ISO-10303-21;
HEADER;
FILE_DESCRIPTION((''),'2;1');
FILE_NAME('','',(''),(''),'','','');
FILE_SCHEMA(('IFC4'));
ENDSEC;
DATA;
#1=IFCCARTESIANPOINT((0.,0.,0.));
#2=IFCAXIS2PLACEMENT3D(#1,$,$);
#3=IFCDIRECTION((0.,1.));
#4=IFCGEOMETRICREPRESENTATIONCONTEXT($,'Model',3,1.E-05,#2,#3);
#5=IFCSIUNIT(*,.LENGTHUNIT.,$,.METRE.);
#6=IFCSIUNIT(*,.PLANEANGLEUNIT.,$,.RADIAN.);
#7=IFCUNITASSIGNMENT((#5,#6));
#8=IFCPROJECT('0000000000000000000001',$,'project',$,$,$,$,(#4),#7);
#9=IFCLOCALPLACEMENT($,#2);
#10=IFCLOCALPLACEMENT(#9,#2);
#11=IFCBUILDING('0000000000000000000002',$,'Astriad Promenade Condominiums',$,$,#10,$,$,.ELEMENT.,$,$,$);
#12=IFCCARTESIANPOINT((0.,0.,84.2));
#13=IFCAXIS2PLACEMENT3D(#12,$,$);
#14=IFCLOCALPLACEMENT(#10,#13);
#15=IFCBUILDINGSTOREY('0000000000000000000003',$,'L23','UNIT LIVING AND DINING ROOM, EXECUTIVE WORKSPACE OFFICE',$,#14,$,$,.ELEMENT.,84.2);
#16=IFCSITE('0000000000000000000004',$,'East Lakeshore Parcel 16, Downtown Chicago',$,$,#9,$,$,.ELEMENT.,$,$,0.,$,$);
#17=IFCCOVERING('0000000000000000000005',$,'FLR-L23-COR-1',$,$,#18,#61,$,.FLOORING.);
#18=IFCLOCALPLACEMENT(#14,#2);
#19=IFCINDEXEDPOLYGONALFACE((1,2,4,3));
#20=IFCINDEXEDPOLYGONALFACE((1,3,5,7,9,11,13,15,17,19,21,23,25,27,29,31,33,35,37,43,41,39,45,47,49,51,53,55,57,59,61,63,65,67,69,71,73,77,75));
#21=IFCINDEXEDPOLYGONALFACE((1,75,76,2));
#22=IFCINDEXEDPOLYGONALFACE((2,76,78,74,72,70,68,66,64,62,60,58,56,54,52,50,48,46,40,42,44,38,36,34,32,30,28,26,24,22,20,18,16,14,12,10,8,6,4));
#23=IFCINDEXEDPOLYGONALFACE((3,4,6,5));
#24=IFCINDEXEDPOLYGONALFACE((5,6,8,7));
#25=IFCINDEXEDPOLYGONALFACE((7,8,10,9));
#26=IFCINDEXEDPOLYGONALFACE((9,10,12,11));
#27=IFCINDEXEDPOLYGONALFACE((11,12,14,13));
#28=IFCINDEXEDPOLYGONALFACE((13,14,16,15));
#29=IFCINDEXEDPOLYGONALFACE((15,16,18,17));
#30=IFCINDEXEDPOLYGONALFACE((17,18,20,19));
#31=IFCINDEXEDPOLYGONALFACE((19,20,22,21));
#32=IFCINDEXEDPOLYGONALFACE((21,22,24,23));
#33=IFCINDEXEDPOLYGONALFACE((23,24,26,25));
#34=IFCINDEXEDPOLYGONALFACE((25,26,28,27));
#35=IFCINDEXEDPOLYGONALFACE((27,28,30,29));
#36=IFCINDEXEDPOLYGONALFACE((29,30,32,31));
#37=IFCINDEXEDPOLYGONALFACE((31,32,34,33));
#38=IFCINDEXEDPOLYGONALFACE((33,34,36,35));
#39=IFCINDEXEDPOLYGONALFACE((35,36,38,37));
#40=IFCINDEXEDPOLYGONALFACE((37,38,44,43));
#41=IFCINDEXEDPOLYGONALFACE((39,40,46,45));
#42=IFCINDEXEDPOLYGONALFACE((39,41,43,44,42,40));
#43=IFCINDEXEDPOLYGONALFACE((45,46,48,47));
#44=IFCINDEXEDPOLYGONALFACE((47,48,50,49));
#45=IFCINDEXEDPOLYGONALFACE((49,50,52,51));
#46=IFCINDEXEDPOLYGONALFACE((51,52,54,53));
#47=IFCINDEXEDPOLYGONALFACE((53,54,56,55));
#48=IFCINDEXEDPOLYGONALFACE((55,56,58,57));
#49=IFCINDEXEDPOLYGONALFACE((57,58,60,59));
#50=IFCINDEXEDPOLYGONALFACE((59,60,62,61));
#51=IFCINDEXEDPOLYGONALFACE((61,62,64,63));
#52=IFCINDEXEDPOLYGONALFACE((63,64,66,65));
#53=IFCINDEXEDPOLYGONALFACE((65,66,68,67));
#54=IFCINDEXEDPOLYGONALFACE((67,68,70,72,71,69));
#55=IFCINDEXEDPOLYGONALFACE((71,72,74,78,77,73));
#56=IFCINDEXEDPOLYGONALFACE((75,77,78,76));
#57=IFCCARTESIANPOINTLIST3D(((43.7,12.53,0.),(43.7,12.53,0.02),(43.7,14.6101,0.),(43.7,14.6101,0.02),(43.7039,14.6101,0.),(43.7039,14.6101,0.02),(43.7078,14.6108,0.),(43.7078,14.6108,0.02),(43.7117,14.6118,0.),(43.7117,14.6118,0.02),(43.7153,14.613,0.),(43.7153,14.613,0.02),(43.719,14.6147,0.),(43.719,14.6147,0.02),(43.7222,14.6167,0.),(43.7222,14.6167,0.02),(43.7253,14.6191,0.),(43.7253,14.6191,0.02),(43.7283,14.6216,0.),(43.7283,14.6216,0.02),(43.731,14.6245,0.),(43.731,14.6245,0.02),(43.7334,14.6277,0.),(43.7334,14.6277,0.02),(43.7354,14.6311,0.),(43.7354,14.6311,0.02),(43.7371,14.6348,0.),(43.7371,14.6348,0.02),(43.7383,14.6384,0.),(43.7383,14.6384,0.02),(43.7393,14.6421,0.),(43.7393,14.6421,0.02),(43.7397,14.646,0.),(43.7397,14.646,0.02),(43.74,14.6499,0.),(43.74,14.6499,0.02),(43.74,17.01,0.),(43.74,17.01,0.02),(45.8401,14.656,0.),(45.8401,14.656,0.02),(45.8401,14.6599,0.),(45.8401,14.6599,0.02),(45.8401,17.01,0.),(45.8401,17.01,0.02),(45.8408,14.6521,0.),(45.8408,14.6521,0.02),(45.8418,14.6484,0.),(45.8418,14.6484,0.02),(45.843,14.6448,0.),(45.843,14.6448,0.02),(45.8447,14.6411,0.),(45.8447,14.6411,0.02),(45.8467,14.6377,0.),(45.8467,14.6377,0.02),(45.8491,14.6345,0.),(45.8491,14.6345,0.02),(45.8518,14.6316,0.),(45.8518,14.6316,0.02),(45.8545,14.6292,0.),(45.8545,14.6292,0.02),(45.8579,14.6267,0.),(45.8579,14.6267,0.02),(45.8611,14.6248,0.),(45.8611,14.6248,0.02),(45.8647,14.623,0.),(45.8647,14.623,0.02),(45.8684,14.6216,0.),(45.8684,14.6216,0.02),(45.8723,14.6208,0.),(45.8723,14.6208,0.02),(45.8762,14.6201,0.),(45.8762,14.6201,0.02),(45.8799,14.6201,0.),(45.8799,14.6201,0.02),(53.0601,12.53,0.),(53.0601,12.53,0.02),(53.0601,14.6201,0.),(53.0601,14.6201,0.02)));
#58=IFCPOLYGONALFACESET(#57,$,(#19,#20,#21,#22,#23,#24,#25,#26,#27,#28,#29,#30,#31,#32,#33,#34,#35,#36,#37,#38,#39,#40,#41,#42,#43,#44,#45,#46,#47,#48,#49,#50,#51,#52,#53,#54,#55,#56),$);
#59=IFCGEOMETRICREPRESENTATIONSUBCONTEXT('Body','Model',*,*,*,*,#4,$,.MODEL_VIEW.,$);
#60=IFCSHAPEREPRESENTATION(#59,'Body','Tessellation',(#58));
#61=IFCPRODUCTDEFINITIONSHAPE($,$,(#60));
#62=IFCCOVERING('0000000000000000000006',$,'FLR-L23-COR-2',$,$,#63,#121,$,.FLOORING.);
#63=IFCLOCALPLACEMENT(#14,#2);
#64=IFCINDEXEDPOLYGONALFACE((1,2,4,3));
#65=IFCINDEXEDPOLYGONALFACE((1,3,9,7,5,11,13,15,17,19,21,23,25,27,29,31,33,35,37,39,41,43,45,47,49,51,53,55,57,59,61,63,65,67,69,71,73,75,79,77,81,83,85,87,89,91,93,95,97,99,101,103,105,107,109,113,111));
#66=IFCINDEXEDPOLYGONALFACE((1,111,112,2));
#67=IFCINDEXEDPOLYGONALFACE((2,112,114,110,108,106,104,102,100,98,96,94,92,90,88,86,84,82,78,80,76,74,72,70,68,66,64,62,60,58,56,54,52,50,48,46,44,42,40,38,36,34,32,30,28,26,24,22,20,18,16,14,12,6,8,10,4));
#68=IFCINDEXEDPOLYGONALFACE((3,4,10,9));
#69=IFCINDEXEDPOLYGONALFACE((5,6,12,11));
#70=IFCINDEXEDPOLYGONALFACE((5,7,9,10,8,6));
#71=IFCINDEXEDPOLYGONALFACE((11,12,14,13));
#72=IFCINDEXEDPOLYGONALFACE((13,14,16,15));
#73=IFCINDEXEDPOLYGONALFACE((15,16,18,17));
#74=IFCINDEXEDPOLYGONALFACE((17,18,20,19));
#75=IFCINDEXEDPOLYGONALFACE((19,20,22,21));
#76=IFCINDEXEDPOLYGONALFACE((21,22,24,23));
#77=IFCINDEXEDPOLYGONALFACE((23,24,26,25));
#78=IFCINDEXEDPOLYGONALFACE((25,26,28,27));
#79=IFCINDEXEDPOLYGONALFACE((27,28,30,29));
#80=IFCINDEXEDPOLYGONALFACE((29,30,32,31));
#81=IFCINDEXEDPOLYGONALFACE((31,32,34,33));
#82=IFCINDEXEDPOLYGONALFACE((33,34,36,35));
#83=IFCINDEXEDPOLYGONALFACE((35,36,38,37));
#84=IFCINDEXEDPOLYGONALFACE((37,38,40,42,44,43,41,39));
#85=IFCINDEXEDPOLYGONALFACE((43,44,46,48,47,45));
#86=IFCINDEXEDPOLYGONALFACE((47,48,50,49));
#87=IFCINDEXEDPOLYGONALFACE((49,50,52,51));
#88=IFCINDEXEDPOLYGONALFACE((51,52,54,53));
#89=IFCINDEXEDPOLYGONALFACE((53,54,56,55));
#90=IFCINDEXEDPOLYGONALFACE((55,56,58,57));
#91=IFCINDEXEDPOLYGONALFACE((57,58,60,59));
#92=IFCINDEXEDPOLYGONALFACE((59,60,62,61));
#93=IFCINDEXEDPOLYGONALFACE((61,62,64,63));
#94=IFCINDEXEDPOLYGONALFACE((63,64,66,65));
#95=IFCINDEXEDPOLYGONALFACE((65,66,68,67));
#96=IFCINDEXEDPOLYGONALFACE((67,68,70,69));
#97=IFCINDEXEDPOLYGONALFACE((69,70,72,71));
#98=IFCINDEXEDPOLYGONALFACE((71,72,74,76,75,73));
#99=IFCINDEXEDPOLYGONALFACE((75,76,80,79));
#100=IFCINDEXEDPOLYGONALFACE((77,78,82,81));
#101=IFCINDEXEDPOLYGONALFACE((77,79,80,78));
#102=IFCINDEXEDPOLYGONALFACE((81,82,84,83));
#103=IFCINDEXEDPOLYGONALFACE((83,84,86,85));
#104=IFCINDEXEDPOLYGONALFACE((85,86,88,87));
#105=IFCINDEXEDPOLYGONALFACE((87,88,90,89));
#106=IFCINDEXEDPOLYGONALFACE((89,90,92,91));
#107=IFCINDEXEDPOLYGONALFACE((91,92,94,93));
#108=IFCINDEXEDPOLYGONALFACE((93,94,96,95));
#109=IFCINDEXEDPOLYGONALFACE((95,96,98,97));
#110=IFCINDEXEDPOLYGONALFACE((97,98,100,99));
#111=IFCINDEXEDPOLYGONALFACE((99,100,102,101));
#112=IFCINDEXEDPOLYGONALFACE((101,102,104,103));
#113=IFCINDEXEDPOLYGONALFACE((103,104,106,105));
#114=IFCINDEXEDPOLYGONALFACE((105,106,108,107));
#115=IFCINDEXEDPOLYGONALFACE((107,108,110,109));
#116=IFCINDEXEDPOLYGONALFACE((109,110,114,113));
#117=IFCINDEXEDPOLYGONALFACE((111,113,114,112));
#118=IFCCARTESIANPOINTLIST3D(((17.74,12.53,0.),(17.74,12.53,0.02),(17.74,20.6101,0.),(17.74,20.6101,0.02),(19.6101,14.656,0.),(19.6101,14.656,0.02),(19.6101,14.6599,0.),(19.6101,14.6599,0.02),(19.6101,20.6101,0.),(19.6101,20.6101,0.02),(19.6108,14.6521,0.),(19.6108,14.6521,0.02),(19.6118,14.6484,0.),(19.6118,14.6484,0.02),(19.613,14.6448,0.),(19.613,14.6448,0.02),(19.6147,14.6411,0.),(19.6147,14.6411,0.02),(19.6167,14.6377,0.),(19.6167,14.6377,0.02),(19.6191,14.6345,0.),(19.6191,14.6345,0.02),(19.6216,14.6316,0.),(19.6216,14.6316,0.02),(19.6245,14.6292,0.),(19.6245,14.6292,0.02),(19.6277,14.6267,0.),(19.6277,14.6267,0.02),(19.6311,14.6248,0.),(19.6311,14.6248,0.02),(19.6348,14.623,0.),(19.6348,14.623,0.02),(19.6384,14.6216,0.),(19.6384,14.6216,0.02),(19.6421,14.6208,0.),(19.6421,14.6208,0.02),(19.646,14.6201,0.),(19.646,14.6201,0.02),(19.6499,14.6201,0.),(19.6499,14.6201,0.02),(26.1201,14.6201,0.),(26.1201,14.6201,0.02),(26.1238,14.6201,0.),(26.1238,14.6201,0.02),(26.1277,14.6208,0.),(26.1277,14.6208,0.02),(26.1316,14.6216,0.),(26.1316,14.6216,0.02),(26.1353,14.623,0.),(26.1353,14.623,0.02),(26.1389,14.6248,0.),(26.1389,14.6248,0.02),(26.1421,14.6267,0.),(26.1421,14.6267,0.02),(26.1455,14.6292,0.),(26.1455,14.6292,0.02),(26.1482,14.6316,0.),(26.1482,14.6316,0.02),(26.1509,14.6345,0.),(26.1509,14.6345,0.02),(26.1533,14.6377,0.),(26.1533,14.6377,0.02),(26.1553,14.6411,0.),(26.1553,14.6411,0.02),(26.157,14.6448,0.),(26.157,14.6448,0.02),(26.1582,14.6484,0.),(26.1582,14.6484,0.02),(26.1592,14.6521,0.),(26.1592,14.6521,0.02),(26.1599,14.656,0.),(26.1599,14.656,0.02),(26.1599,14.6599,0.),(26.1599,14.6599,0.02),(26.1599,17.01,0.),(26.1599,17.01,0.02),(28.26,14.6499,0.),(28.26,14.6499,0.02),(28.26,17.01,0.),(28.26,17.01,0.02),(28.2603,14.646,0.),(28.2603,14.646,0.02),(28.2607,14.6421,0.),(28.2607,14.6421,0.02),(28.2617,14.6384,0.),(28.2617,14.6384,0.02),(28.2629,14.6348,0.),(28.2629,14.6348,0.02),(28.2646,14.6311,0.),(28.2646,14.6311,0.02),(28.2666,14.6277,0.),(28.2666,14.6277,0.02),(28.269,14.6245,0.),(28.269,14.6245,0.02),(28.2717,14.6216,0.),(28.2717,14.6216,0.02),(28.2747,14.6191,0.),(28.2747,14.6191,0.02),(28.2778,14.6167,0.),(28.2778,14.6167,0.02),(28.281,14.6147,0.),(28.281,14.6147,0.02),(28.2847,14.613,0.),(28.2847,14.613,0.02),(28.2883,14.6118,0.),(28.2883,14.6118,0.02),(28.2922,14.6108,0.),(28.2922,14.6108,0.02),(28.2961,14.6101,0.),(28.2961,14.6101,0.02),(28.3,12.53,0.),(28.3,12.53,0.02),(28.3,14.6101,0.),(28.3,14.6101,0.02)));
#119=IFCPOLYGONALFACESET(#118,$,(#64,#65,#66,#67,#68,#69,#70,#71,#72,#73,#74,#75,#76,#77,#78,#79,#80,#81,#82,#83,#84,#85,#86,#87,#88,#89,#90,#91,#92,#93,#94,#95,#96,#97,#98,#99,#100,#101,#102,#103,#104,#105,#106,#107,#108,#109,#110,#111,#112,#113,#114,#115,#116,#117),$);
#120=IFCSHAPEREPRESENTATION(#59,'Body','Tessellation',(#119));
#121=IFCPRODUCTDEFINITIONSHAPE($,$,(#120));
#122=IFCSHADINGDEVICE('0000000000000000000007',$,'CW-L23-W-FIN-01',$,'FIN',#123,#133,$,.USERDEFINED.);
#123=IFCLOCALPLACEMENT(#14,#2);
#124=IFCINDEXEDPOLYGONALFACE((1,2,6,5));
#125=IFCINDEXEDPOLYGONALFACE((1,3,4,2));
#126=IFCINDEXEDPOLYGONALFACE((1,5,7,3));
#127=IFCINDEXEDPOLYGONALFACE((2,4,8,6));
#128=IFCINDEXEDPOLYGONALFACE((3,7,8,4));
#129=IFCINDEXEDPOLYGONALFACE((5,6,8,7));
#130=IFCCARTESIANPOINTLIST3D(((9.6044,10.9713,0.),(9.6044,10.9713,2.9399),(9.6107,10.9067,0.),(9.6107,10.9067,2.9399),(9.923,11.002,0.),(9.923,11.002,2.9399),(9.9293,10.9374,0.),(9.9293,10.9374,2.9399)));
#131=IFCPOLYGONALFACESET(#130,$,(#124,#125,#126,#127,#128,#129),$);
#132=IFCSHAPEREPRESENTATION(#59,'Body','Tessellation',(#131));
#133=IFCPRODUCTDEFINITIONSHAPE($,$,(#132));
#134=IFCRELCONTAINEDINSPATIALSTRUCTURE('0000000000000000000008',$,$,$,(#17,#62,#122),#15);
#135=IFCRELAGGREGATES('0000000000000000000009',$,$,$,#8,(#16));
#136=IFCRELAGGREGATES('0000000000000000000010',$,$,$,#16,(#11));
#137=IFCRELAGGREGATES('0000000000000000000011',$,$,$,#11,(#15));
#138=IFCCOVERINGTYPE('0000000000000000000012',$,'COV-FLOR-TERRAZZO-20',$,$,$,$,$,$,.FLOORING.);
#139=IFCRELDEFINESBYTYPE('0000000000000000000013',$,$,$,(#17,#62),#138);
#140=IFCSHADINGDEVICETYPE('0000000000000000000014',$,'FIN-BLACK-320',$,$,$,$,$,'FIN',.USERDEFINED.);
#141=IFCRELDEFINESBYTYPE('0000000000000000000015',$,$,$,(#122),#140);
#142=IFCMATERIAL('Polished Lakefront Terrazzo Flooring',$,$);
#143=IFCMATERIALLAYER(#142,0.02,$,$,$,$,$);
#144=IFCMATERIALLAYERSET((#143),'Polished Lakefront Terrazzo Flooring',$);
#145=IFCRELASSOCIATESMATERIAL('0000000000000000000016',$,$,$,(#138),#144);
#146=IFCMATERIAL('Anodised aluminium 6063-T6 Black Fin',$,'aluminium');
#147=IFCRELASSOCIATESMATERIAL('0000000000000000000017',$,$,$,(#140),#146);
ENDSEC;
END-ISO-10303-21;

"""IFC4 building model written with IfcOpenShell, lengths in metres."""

from ifc_helpers import new_model, si_unit, direction, frame, origin, origin_2d, place, context, subcontext, project, spatial, polyline, rectangle, outline, extrude, source, transform, mapped, material, layer, layer_set, type_object, type_shapes, element, save


model = new_model("IFC4")

# Units and contexts
model_context = context("Model", 3, precision=1e-05, world=origin(), true_north=direction((0.0, 1.0)))
body_context = subcontext(model_context, "Body", "Model", "MODEL_VIEW")
ifc_project = project(units=[si_unit("LENGTHUNIT", "METRE"), si_unit("PLANEANGLEUNIT", "RADIAN")], contexts=[model_context])

# Site, building, storey
site_placement = place(None, origin())
site = spatial("IfcSite", under=ifc_project, at=site_placement, Name="East Lakeshore Parcel 16, Downtown Chicago", CompositionType="ELEMENT", RefElevation=0.0)
building_placement = place(site_placement, origin())
building = spatial("IfcBuilding", under=site, at=building_placement, Name="Astriad Promenade Condominiums", CompositionType="ELEMENT")
storey_placement = place(building_placement, frame((0.0, 0.0, 84.2)))
storey = spatial("IfcBuildingStorey", under=building, at=storey_placement, Name="L23", Description="UNIT LIVING AND DINING ROOM, EXECUTIVE WORKSPACE OFFICE", CompositionType="ELEMENT", Elevation=84.2)

# Coverings
ifc_material_1 = material(Name="Polished Lakefront Terrazzo Flooring")
ifc_layer_1 = layer(ifc_material_1, 0.02)
ifc_layer_set_1 = layer_set([ifc_layer_1], Name="Polished Lakefront Terrazzo Flooring")
covering_type = type_object("IfcCoveringType", Name="COV-FLOR-TERRAZZO-20", PredefinedType="FLOORING", material=ifc_layer_set_1)
covering_1_placement = place(storey_placement, origin())
element("IfcCovering", 1, at=covering_1_placement, inside=storey, type_object=covering_type, Name="FLR-L23-COR-1", PredefinedType="FLOORING", context=body_context, shape_type="SweptSolid", body=[
    extrude(outline(polyline([(43.7, 12.53), (43.7, 14.6101), (43.7039, 14.6101), (43.7078, 14.6108), (43.7117, 14.6118), (43.7153, 14.613), (43.719, 14.6147), (43.7222, 14.6167), (43.7253, 14.6191), (43.7283, 14.6216), (43.731, 14.6245), (43.7334, 14.6277), (43.7354, 14.6311), (43.7371, 14.6348), (43.7383, 14.6384), (43.7393, 14.6421), (43.7397, 14.646), (43.74, 14.6499), (43.74, 17.01), (45.8401, 17.01), (45.8401, 14.6599), (45.8401, 14.656), (45.8408, 14.6521), (45.8418, 14.6484), (45.843, 14.6448), (45.8447, 14.6411), (45.8467, 14.6377), (45.8491, 14.6345), (45.8518, 14.6316), (45.8545, 14.6292), (45.8579, 14.6267), (45.8611, 14.6248), (45.8647, 14.623), (45.8684, 14.6216), (45.8723, 14.6208), (45.8762, 14.6201), (45.8799, 14.6201), (53.0601, 14.6201), (53.0601, 12.53), (43.7, 12.53)])), origin(), (0.0, 0.0, 1.0), 0.02),
])
covering_2_placement = place(storey_placement, origin())
element("IfcCovering", 2, at=covering_2_placement, inside=storey, type_object=covering_type, Name="FLR-L23-COR-2", PredefinedType="FLOORING", context=body_context, shape_type="SweptSolid", body=[
    extrude(outline(polyline([(28.3, 12.53), (17.74, 12.53), (17.74, 20.6101), (19.6101, 20.6101), (19.6101, 14.6599), (19.6101, 14.656), (19.6108, 14.6521), (19.6118, 14.6484), (19.613, 14.6448), (19.6147, 14.6411), (19.6167, 14.6377), (19.6191, 14.6345), (19.6216, 14.6316), (19.6245, 14.6292), (19.6277, 14.6267), (19.6311, 14.6248), (19.6348, 14.623), (19.6384, 14.6216), (19.6421, 14.6208), (19.646, 14.6201), (19.6499, 14.6201), (26.1201, 14.6201), (26.1238, 14.6201), (26.1277, 14.6208), (26.1316, 14.6216), (26.1353, 14.623), (26.1389, 14.6248), (26.1421, 14.6267), (26.1455, 14.6292), (26.1482, 14.6316), (26.1509, 14.6345), (26.1533, 14.6377), (26.1553, 14.6411), (26.157, 14.6448), (26.1582, 14.6484), (26.1592, 14.6521), (26.1599, 14.656), (26.1599, 14.6599), (26.1599, 17.01), (28.26, 17.01), (28.26, 14.6499), (28.2603, 14.646), (28.2607, 14.6421), (28.2617, 14.6384), (28.2629, 14.6348), (28.2646, 14.6311), (28.2666, 14.6277), (28.269, 14.6245), (28.2717, 14.6216), (28.2747, 14.6191), (28.2778, 14.6167), (28.281, 14.6147), (28.2847, 14.613), (28.2883, 14.6118), (28.2922, 14.6108), (28.2961, 14.6101), (28.3, 14.6101), (28.3, 12.53)])), origin(), (0.0, 0.0, 1.0), 0.02),
])

# Shading device
ifc_material_2 = material(Name="Anodised aluminium 6063-T6 Black Fin", Category="aluminium")
shading_device_type = type_object("IfcShadingDeviceType", Name="FIN-BLACK-320", ElementType="FIN", PredefinedType="USERDEFINED", material=ifc_material_2)
shared_shape_1 = source(origin(), body_context, "Body", "SweptSolid", [
    extrude(rectangle(XDim=0.0649, YDim=0.3201, at=origin_2d()), origin(), (0.0, 0.0, 1.0), 2.9399),
])
type_shapes(shading_device_type, [shared_shape_1])
shading_device_placement = place(storey_placement, frame((9.7668, 10.9543, 0.0), z_axis=(0.0, 0.0, 1.0), x_axis=(-0.095846, 0.995396, 0.0)))
element("IfcShadingDevice", 3, at=shading_device_placement, inside=storey, type_object=shading_device_type, Name="CW-L23-W-FIN-01", ObjectType="FIN", PredefinedType="USERDEFINED", context=body_context, shape_type="MappedRepresentation", body=[
    mapped(shared_shape_1, transform((0.0, 0.0, 0.0), scale=1.0)),
])

save(model, "model.ifc")
